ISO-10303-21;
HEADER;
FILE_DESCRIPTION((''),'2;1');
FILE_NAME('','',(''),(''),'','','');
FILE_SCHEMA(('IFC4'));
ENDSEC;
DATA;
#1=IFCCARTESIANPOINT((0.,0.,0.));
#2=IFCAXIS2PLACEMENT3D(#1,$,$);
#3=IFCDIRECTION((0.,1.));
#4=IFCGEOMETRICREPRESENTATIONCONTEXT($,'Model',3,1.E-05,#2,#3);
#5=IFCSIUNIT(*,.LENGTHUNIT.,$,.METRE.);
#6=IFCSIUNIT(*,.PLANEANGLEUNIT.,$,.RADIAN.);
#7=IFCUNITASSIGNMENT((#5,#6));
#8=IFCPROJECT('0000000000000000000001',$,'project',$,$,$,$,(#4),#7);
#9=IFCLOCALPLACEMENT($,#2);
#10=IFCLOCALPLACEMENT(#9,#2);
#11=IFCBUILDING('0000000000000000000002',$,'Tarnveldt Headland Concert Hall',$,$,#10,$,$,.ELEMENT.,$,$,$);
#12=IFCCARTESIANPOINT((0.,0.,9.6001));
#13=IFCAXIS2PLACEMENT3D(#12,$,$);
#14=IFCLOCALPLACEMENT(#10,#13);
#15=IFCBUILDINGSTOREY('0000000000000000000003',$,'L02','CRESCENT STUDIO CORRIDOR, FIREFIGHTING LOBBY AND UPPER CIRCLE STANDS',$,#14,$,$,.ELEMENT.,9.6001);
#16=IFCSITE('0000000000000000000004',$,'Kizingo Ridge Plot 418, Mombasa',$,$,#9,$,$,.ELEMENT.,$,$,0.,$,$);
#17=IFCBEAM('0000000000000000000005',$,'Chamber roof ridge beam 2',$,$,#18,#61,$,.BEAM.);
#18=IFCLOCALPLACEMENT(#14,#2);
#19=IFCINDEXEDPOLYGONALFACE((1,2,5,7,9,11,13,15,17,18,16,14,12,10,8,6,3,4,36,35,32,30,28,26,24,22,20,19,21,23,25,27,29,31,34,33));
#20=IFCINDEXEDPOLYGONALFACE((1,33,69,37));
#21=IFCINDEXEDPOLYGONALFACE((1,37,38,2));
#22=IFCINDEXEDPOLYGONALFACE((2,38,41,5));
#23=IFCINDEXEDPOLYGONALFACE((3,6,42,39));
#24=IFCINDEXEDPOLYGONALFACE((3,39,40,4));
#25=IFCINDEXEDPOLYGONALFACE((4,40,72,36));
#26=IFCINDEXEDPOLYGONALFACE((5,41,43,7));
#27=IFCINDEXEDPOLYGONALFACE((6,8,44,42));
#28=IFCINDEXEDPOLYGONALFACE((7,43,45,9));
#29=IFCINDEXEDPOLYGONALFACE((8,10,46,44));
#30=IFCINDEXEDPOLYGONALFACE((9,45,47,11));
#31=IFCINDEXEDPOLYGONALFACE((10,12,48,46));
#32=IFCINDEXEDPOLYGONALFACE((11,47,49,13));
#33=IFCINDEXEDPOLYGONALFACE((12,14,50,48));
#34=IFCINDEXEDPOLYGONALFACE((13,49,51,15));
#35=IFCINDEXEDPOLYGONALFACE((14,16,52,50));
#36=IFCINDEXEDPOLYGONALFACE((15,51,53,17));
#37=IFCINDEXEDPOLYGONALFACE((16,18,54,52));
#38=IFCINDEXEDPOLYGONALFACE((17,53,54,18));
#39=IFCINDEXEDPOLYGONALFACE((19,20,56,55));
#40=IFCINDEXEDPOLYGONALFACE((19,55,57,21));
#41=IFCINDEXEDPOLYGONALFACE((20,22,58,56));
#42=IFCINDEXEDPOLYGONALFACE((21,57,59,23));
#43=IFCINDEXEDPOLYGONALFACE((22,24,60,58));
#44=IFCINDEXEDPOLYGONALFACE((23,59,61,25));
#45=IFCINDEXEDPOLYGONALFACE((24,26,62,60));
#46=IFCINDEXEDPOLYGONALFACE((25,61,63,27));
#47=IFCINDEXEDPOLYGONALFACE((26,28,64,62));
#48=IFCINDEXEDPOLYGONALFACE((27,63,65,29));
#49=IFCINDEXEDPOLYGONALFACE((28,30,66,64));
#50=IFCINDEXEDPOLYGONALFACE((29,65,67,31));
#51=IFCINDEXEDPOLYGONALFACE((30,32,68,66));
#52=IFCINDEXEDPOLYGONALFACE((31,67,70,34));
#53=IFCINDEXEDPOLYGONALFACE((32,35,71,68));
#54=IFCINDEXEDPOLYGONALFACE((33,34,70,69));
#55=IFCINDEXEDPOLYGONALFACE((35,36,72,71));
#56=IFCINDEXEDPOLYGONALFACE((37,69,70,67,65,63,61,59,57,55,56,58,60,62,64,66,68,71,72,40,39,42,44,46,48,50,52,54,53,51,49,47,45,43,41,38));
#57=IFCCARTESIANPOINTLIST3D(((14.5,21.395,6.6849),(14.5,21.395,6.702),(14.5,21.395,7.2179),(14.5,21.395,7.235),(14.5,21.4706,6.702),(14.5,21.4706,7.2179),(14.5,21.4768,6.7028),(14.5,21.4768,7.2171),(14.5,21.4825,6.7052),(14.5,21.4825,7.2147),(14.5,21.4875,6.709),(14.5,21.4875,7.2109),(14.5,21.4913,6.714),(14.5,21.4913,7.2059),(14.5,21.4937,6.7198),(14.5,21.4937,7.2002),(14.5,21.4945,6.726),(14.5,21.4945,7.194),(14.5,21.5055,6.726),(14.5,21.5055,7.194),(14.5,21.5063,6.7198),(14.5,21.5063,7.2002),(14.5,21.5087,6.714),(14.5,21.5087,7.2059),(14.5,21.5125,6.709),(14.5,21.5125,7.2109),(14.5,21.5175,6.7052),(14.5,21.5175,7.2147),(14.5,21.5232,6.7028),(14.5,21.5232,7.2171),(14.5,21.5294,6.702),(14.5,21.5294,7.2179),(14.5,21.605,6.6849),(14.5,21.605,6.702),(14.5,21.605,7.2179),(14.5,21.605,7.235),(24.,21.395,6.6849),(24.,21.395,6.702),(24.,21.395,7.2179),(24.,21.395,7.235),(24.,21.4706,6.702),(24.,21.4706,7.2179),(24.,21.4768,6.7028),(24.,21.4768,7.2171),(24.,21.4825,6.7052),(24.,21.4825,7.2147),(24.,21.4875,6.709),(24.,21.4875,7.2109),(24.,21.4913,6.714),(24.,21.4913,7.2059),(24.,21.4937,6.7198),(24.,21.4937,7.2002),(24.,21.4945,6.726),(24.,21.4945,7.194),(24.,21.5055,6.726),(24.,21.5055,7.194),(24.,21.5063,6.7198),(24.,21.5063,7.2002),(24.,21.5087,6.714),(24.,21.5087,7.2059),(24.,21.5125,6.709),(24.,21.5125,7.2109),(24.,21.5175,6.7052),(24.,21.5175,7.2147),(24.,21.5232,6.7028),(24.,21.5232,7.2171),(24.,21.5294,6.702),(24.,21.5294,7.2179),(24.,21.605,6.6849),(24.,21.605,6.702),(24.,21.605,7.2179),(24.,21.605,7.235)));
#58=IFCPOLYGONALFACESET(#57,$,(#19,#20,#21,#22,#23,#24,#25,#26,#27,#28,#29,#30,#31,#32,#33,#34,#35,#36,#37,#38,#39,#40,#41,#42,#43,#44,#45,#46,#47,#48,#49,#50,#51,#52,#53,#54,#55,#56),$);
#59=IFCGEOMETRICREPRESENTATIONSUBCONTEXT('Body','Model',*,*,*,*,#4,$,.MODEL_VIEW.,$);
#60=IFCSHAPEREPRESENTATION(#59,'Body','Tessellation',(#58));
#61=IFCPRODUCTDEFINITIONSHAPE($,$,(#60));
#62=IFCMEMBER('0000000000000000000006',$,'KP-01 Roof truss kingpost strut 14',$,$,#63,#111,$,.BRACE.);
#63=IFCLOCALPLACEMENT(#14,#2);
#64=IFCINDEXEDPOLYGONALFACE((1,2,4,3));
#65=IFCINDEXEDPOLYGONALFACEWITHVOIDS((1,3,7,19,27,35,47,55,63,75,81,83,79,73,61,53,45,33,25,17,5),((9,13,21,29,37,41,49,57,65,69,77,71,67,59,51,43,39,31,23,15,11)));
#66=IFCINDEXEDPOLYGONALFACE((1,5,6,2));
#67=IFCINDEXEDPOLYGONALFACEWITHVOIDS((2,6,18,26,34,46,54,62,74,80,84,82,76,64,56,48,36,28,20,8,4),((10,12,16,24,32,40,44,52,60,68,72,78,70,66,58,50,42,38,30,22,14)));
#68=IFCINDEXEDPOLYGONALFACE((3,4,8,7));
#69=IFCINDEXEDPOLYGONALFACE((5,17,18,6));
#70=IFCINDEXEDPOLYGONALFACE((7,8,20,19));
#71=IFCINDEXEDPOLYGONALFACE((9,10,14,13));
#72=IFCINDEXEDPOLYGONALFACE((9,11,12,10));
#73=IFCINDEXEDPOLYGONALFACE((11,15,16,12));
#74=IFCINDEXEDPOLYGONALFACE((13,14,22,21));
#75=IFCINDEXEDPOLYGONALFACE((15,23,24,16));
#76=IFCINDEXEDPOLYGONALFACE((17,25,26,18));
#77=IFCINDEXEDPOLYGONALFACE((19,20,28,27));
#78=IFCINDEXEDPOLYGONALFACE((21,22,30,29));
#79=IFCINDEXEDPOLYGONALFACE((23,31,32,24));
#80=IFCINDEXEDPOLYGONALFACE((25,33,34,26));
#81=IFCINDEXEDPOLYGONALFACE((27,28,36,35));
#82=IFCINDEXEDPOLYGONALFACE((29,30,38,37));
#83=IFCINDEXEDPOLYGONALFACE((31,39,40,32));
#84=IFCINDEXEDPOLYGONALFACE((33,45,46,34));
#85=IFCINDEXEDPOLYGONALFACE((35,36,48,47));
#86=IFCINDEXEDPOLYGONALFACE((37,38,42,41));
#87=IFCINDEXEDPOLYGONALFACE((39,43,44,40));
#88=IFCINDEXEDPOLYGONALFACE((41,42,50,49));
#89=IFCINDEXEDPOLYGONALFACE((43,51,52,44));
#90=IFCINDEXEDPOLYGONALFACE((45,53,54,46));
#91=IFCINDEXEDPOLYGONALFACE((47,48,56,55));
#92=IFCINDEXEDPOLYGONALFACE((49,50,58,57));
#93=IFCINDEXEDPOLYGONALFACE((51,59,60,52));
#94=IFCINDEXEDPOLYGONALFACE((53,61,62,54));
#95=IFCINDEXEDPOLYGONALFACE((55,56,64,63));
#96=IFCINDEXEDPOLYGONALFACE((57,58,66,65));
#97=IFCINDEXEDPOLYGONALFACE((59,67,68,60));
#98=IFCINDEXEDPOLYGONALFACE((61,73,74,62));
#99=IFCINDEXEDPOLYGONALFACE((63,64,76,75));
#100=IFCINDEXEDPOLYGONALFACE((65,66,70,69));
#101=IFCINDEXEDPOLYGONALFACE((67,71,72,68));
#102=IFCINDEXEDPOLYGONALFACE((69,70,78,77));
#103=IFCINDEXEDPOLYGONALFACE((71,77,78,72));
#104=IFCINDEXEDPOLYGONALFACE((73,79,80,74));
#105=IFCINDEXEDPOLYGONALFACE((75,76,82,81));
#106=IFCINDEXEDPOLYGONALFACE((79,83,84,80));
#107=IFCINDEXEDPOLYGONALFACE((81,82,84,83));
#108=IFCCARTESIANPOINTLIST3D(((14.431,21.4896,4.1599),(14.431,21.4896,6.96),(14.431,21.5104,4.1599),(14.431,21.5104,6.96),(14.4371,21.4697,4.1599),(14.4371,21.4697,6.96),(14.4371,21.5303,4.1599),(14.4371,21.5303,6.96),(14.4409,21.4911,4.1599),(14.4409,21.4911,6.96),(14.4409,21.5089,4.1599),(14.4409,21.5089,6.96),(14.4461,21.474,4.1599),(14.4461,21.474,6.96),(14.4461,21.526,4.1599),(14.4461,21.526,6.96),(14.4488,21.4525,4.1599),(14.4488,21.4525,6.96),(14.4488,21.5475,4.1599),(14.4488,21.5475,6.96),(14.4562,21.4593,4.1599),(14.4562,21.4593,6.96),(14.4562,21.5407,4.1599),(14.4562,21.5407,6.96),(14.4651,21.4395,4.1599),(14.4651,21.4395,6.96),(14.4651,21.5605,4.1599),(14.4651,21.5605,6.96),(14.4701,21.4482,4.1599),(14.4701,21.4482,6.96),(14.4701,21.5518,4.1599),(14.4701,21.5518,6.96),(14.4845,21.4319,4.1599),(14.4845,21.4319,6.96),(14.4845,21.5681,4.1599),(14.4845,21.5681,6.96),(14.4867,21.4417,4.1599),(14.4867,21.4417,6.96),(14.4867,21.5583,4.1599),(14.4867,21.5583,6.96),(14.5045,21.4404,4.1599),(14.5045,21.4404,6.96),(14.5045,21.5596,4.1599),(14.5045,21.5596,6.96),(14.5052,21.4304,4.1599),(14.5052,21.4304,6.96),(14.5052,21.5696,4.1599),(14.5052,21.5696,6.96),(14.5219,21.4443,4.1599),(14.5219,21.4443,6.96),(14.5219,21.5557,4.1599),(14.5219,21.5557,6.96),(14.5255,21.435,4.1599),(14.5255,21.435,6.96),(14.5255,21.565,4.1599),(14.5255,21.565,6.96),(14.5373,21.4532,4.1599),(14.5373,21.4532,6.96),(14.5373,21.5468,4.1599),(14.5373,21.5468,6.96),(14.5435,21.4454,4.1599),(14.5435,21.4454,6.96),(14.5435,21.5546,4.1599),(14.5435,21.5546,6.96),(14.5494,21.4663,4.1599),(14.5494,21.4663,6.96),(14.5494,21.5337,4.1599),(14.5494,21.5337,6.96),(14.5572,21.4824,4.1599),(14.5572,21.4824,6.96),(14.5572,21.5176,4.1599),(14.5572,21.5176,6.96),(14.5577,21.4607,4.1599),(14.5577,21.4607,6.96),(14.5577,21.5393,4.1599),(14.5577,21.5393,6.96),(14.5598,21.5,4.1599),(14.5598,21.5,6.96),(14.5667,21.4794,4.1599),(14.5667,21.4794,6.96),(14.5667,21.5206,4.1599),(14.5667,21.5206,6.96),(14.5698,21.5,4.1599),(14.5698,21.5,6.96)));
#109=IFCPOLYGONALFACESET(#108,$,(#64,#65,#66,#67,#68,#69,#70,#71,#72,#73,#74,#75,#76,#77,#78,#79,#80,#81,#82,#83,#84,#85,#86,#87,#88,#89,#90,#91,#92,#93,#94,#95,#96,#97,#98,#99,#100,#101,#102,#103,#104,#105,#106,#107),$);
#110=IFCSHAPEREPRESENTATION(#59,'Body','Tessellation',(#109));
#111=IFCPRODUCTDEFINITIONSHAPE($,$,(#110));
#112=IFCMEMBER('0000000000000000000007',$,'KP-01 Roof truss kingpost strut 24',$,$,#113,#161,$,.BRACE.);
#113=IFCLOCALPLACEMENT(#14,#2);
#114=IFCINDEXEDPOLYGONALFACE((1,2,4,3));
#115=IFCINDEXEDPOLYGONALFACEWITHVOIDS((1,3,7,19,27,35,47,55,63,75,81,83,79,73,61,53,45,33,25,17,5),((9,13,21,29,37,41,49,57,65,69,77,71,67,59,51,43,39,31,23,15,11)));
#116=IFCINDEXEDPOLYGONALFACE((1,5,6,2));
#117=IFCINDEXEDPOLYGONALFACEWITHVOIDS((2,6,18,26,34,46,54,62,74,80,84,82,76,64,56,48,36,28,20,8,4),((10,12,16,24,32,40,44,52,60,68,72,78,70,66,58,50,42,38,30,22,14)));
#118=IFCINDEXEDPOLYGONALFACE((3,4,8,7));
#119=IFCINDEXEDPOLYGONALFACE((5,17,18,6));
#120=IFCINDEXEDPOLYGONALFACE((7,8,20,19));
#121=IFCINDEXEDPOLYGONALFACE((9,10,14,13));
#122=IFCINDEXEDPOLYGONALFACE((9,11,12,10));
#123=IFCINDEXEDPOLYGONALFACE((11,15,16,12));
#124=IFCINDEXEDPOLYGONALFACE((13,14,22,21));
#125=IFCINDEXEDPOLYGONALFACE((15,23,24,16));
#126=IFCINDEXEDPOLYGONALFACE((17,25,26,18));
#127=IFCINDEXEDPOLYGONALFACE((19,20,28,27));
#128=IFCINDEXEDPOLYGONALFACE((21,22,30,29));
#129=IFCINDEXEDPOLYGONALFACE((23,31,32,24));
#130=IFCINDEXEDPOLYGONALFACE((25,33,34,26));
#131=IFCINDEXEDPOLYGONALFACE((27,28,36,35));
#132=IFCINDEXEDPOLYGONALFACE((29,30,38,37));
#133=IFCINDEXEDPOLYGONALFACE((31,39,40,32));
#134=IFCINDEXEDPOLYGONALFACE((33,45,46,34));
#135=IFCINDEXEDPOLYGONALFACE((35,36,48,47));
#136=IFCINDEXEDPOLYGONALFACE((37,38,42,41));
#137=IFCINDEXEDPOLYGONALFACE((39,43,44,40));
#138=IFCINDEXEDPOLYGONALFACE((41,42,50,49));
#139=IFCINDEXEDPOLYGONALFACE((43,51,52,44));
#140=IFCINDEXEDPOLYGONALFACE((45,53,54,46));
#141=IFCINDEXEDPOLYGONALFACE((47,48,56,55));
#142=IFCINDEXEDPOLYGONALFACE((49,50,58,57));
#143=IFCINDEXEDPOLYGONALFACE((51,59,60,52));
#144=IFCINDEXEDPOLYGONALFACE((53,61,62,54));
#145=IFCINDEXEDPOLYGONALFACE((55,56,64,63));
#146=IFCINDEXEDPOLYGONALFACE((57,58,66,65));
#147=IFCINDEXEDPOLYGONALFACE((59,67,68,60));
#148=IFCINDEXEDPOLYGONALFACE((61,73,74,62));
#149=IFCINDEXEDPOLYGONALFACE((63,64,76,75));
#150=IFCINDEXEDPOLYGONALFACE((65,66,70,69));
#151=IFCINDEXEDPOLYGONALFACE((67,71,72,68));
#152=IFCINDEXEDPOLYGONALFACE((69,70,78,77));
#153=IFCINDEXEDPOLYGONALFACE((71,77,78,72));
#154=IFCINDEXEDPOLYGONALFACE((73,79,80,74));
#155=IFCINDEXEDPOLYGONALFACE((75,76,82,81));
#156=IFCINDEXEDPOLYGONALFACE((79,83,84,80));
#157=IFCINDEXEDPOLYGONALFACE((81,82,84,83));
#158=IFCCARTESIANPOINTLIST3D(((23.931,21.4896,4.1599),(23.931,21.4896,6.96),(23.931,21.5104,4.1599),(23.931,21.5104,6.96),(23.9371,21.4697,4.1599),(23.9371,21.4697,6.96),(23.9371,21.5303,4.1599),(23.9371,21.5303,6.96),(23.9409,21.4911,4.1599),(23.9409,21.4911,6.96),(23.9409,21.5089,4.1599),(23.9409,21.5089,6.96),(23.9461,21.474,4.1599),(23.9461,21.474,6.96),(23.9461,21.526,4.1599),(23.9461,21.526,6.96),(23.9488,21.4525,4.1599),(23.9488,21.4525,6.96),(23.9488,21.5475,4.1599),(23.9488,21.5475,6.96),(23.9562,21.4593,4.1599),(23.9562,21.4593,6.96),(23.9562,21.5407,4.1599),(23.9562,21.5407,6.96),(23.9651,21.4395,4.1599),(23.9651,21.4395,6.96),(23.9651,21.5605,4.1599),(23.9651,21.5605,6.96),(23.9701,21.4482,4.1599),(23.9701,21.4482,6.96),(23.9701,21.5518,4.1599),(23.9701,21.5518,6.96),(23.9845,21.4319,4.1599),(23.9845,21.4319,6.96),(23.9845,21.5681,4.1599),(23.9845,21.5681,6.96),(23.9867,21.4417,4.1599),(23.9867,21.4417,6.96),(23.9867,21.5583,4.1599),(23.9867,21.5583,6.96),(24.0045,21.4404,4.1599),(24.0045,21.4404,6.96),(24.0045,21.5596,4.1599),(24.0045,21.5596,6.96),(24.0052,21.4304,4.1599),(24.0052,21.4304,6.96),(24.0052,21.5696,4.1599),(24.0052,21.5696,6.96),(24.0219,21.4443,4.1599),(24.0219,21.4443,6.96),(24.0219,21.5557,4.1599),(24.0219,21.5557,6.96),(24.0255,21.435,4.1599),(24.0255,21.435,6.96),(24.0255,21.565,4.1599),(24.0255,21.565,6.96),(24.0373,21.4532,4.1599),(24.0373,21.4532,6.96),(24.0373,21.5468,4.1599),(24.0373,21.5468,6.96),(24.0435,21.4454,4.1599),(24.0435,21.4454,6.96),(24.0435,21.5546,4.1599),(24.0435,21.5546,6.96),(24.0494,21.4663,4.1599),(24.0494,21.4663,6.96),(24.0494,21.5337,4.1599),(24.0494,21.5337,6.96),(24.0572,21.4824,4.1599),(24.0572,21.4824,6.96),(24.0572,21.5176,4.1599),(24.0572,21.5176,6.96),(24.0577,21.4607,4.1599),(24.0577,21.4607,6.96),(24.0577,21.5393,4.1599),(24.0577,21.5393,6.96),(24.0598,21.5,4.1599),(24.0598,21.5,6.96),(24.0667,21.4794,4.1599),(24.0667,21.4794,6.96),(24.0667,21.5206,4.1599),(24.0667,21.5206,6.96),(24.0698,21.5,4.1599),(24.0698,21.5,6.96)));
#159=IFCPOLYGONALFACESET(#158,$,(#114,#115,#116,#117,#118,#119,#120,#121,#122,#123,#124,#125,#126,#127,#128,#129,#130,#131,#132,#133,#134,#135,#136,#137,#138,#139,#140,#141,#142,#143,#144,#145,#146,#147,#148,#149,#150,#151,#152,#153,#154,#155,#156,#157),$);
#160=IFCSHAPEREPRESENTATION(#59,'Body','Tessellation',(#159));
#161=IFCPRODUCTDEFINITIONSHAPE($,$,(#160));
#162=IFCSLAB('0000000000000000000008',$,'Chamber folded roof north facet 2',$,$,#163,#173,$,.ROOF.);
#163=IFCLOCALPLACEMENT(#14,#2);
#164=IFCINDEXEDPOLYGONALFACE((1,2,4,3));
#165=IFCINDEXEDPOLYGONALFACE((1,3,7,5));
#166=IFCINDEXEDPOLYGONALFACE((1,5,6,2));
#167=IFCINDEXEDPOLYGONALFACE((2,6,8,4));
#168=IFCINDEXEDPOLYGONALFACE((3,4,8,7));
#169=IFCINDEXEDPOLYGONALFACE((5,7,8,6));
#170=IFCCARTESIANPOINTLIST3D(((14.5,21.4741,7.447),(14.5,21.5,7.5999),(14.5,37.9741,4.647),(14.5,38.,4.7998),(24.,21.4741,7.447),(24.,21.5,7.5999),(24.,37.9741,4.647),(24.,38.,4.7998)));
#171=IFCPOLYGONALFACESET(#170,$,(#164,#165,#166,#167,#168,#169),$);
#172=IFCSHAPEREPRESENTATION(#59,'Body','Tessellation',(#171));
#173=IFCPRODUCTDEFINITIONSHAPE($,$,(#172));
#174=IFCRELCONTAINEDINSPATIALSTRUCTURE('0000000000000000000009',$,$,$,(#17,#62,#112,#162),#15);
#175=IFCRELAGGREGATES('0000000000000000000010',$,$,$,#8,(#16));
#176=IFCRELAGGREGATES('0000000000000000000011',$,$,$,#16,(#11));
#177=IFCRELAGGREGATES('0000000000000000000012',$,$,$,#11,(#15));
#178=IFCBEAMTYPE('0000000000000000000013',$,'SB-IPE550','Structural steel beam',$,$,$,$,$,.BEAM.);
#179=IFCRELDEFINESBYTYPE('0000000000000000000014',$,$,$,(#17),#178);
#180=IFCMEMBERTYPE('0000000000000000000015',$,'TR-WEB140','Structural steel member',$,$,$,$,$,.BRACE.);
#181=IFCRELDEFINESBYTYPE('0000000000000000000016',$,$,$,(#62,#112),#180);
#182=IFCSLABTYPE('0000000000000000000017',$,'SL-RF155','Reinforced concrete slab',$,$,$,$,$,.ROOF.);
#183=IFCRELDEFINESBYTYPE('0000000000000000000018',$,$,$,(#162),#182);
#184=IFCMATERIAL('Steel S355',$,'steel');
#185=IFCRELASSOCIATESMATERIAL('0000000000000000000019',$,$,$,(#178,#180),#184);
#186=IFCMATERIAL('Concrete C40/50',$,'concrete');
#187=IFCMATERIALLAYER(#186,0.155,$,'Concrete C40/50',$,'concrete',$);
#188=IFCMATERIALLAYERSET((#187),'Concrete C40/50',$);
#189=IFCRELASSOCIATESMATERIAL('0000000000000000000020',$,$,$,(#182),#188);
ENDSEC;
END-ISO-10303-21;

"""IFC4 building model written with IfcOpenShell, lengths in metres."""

from ifc_helpers import new_model, si_unit, direction, frame, origin, origin_2d, place, context, subcontext, project, spatial, polyline, hollow_circle, i_section, outline, extrude, material, layer, layer_set, material_profile, profile_set, type_object, element, save


model = new_model("IFC4")

# Units and contexts
model_context = context("Model", 3, precision=1e-05, world=origin(), true_north=direction((0.0, 1.0)))
body_context = subcontext(model_context, "Body", "Model", "MODEL_VIEW")
ifc_project = project(units=[si_unit("LENGTHUNIT", "METRE"), si_unit("PLANEANGLEUNIT", "RADIAN")], contexts=[model_context])

# Site, building, storey
site_placement = place(None, origin())
site = spatial("IfcSite", under=ifc_project, at=site_placement, Name="Kizingo Ridge Plot 418, Mombasa", CompositionType="ELEMENT", RefElevation=0.0)
building_placement = place(site_placement, origin())
building = spatial("IfcBuilding", under=site, at=building_placement, Name="Tarnveldt Headland Concert Hall", CompositionType="ELEMENT")
storey_placement = place(building_placement, frame((0.0, 0.0, 9.6001)))
storey = spatial("IfcBuildingStorey", under=building, at=storey_placement, Name="L02", Description="CRESCENT STUDIO CORRIDOR, FIREFIGHTING LOBBY AND UPPER CIRCLE STANDS", CompositionType="ELEMENT", Elevation=9.6001)

# Shared definitions
ifc_material_1 = material(Name="Steel S355", Category="steel")

# Beam
ifc_material_profile_1 = material_profile(ifc_material_1, i_section(OverallWidth=0.21, OverallDepth=0.55, WebThickness=0.011, FlangeThickness=0.0171, FilletRadius=0.0239, at=origin_2d()), Name="IPE550", Category="steel")
ifc_profile_set_1 = profile_set([ifc_material_profile_1], Name="Steel S355")
beam_type_1 = type_object("IfcBeamType", Name="SB-IPE550", Description="Structural steel beam", PredefinedType="BEAM", material=ifc_profile_set_1)
beam_1_placement = place(storey_placement, frame((14.5, 21.5, 6.96), z_axis=(1.0, 0.0, 0.0), x_axis=(0.0, 1.0, 0.0)))
element("IfcBeam", 1, at=beam_1_placement, inside=storey, type_object=beam_type_1, Name="Chamber roof ridge beam 2", PredefinedType="BEAM", context=body_context, shape_type="SweptSolid", body=[
    extrude(i_section(OverallWidth=0.21, OverallDepth=0.55, WebThickness=0.011, FlangeThickness=0.0171, FilletRadius=0.0239, at=origin_2d()), origin(), (0.0, 0.0, 1.0), 9.5),
])

# Members
ifc_material_profile_2 = material_profile(ifc_material_1, hollow_circle(Radius=0.0698, WallThickness=0.01, at=origin_2d()), Name="CHS 139.7x10", Category="steel")
ifc_profile_set_2 = profile_set([ifc_material_profile_2], Name="Steel S355")
member_type_1 = type_object("IfcMemberType", Name="TR-WEB140", Description="Structural steel member", PredefinedType="BRACE", material=ifc_profile_set_2)
for number, where, z_axis, x_axis, name in (
    (2, (14.5, 21.5, 4.1599), (0.0, 0.0, 1.0), (1.0, 0.0, 0.0), "KP-01 Roof truss kingpost strut 14"),
    (3, (24.0, 21.5, 4.1599), (0.0, 0.0, 1.0), (1.0, 0.0, 0.0), "KP-01 Roof truss kingpost strut 24"),
):
    element("IfcMember", number, at=place(storey_placement, frame(where, z_axis=z_axis, x_axis=x_axis)), inside=storey, type_object=member_type_1, Name=name, PredefinedType="BRACE", context=body_context, shape_type="SweptSolid", body=[
        extrude(hollow_circle(Radius=0.0698, WallThickness=0.01, at=origin_2d()), origin(), (0.0, 0.0, 1.0), 2.8),
    ])

# Slab
ifc_material_2 = material(Name="Concrete C40/50", Category="concrete")
ifc_layer_1 = layer(ifc_material_2, 0.155, Name="Concrete C40/50", Category="concrete")
ifc_layer_set_1 = layer_set([ifc_layer_1], Name="Concrete C40/50")
slab_type = type_object("IfcSlabType", Name="SL-RF155", Description="Reinforced concrete slab", PredefinedType="ROOF", material=ifc_layer_set_1)
slab_placement = place(storey_placement, frame((14.5, 21.5, 7.5999), z_axis=(0.0, 0.167308, 0.985905), x_axis=(1.0, 0.0, 0.0)))
element("IfcSlab", 4, at=slab_placement, inside=storey, type_object=slab_type, Name="Chamber folded roof north facet 2", PredefinedType="ROOF", context=body_context, shape_type="SweptSolid", body=[
    extrude(outline(polyline([(0.0, 0.0), (9.5, 0.0), (9.5, 16.7359), (0.0, 16.7359), (0.0, 0.0)])), origin(), (0.0, 0.0, -1.0), 0.155),
])

save(model, "model.ifc")
